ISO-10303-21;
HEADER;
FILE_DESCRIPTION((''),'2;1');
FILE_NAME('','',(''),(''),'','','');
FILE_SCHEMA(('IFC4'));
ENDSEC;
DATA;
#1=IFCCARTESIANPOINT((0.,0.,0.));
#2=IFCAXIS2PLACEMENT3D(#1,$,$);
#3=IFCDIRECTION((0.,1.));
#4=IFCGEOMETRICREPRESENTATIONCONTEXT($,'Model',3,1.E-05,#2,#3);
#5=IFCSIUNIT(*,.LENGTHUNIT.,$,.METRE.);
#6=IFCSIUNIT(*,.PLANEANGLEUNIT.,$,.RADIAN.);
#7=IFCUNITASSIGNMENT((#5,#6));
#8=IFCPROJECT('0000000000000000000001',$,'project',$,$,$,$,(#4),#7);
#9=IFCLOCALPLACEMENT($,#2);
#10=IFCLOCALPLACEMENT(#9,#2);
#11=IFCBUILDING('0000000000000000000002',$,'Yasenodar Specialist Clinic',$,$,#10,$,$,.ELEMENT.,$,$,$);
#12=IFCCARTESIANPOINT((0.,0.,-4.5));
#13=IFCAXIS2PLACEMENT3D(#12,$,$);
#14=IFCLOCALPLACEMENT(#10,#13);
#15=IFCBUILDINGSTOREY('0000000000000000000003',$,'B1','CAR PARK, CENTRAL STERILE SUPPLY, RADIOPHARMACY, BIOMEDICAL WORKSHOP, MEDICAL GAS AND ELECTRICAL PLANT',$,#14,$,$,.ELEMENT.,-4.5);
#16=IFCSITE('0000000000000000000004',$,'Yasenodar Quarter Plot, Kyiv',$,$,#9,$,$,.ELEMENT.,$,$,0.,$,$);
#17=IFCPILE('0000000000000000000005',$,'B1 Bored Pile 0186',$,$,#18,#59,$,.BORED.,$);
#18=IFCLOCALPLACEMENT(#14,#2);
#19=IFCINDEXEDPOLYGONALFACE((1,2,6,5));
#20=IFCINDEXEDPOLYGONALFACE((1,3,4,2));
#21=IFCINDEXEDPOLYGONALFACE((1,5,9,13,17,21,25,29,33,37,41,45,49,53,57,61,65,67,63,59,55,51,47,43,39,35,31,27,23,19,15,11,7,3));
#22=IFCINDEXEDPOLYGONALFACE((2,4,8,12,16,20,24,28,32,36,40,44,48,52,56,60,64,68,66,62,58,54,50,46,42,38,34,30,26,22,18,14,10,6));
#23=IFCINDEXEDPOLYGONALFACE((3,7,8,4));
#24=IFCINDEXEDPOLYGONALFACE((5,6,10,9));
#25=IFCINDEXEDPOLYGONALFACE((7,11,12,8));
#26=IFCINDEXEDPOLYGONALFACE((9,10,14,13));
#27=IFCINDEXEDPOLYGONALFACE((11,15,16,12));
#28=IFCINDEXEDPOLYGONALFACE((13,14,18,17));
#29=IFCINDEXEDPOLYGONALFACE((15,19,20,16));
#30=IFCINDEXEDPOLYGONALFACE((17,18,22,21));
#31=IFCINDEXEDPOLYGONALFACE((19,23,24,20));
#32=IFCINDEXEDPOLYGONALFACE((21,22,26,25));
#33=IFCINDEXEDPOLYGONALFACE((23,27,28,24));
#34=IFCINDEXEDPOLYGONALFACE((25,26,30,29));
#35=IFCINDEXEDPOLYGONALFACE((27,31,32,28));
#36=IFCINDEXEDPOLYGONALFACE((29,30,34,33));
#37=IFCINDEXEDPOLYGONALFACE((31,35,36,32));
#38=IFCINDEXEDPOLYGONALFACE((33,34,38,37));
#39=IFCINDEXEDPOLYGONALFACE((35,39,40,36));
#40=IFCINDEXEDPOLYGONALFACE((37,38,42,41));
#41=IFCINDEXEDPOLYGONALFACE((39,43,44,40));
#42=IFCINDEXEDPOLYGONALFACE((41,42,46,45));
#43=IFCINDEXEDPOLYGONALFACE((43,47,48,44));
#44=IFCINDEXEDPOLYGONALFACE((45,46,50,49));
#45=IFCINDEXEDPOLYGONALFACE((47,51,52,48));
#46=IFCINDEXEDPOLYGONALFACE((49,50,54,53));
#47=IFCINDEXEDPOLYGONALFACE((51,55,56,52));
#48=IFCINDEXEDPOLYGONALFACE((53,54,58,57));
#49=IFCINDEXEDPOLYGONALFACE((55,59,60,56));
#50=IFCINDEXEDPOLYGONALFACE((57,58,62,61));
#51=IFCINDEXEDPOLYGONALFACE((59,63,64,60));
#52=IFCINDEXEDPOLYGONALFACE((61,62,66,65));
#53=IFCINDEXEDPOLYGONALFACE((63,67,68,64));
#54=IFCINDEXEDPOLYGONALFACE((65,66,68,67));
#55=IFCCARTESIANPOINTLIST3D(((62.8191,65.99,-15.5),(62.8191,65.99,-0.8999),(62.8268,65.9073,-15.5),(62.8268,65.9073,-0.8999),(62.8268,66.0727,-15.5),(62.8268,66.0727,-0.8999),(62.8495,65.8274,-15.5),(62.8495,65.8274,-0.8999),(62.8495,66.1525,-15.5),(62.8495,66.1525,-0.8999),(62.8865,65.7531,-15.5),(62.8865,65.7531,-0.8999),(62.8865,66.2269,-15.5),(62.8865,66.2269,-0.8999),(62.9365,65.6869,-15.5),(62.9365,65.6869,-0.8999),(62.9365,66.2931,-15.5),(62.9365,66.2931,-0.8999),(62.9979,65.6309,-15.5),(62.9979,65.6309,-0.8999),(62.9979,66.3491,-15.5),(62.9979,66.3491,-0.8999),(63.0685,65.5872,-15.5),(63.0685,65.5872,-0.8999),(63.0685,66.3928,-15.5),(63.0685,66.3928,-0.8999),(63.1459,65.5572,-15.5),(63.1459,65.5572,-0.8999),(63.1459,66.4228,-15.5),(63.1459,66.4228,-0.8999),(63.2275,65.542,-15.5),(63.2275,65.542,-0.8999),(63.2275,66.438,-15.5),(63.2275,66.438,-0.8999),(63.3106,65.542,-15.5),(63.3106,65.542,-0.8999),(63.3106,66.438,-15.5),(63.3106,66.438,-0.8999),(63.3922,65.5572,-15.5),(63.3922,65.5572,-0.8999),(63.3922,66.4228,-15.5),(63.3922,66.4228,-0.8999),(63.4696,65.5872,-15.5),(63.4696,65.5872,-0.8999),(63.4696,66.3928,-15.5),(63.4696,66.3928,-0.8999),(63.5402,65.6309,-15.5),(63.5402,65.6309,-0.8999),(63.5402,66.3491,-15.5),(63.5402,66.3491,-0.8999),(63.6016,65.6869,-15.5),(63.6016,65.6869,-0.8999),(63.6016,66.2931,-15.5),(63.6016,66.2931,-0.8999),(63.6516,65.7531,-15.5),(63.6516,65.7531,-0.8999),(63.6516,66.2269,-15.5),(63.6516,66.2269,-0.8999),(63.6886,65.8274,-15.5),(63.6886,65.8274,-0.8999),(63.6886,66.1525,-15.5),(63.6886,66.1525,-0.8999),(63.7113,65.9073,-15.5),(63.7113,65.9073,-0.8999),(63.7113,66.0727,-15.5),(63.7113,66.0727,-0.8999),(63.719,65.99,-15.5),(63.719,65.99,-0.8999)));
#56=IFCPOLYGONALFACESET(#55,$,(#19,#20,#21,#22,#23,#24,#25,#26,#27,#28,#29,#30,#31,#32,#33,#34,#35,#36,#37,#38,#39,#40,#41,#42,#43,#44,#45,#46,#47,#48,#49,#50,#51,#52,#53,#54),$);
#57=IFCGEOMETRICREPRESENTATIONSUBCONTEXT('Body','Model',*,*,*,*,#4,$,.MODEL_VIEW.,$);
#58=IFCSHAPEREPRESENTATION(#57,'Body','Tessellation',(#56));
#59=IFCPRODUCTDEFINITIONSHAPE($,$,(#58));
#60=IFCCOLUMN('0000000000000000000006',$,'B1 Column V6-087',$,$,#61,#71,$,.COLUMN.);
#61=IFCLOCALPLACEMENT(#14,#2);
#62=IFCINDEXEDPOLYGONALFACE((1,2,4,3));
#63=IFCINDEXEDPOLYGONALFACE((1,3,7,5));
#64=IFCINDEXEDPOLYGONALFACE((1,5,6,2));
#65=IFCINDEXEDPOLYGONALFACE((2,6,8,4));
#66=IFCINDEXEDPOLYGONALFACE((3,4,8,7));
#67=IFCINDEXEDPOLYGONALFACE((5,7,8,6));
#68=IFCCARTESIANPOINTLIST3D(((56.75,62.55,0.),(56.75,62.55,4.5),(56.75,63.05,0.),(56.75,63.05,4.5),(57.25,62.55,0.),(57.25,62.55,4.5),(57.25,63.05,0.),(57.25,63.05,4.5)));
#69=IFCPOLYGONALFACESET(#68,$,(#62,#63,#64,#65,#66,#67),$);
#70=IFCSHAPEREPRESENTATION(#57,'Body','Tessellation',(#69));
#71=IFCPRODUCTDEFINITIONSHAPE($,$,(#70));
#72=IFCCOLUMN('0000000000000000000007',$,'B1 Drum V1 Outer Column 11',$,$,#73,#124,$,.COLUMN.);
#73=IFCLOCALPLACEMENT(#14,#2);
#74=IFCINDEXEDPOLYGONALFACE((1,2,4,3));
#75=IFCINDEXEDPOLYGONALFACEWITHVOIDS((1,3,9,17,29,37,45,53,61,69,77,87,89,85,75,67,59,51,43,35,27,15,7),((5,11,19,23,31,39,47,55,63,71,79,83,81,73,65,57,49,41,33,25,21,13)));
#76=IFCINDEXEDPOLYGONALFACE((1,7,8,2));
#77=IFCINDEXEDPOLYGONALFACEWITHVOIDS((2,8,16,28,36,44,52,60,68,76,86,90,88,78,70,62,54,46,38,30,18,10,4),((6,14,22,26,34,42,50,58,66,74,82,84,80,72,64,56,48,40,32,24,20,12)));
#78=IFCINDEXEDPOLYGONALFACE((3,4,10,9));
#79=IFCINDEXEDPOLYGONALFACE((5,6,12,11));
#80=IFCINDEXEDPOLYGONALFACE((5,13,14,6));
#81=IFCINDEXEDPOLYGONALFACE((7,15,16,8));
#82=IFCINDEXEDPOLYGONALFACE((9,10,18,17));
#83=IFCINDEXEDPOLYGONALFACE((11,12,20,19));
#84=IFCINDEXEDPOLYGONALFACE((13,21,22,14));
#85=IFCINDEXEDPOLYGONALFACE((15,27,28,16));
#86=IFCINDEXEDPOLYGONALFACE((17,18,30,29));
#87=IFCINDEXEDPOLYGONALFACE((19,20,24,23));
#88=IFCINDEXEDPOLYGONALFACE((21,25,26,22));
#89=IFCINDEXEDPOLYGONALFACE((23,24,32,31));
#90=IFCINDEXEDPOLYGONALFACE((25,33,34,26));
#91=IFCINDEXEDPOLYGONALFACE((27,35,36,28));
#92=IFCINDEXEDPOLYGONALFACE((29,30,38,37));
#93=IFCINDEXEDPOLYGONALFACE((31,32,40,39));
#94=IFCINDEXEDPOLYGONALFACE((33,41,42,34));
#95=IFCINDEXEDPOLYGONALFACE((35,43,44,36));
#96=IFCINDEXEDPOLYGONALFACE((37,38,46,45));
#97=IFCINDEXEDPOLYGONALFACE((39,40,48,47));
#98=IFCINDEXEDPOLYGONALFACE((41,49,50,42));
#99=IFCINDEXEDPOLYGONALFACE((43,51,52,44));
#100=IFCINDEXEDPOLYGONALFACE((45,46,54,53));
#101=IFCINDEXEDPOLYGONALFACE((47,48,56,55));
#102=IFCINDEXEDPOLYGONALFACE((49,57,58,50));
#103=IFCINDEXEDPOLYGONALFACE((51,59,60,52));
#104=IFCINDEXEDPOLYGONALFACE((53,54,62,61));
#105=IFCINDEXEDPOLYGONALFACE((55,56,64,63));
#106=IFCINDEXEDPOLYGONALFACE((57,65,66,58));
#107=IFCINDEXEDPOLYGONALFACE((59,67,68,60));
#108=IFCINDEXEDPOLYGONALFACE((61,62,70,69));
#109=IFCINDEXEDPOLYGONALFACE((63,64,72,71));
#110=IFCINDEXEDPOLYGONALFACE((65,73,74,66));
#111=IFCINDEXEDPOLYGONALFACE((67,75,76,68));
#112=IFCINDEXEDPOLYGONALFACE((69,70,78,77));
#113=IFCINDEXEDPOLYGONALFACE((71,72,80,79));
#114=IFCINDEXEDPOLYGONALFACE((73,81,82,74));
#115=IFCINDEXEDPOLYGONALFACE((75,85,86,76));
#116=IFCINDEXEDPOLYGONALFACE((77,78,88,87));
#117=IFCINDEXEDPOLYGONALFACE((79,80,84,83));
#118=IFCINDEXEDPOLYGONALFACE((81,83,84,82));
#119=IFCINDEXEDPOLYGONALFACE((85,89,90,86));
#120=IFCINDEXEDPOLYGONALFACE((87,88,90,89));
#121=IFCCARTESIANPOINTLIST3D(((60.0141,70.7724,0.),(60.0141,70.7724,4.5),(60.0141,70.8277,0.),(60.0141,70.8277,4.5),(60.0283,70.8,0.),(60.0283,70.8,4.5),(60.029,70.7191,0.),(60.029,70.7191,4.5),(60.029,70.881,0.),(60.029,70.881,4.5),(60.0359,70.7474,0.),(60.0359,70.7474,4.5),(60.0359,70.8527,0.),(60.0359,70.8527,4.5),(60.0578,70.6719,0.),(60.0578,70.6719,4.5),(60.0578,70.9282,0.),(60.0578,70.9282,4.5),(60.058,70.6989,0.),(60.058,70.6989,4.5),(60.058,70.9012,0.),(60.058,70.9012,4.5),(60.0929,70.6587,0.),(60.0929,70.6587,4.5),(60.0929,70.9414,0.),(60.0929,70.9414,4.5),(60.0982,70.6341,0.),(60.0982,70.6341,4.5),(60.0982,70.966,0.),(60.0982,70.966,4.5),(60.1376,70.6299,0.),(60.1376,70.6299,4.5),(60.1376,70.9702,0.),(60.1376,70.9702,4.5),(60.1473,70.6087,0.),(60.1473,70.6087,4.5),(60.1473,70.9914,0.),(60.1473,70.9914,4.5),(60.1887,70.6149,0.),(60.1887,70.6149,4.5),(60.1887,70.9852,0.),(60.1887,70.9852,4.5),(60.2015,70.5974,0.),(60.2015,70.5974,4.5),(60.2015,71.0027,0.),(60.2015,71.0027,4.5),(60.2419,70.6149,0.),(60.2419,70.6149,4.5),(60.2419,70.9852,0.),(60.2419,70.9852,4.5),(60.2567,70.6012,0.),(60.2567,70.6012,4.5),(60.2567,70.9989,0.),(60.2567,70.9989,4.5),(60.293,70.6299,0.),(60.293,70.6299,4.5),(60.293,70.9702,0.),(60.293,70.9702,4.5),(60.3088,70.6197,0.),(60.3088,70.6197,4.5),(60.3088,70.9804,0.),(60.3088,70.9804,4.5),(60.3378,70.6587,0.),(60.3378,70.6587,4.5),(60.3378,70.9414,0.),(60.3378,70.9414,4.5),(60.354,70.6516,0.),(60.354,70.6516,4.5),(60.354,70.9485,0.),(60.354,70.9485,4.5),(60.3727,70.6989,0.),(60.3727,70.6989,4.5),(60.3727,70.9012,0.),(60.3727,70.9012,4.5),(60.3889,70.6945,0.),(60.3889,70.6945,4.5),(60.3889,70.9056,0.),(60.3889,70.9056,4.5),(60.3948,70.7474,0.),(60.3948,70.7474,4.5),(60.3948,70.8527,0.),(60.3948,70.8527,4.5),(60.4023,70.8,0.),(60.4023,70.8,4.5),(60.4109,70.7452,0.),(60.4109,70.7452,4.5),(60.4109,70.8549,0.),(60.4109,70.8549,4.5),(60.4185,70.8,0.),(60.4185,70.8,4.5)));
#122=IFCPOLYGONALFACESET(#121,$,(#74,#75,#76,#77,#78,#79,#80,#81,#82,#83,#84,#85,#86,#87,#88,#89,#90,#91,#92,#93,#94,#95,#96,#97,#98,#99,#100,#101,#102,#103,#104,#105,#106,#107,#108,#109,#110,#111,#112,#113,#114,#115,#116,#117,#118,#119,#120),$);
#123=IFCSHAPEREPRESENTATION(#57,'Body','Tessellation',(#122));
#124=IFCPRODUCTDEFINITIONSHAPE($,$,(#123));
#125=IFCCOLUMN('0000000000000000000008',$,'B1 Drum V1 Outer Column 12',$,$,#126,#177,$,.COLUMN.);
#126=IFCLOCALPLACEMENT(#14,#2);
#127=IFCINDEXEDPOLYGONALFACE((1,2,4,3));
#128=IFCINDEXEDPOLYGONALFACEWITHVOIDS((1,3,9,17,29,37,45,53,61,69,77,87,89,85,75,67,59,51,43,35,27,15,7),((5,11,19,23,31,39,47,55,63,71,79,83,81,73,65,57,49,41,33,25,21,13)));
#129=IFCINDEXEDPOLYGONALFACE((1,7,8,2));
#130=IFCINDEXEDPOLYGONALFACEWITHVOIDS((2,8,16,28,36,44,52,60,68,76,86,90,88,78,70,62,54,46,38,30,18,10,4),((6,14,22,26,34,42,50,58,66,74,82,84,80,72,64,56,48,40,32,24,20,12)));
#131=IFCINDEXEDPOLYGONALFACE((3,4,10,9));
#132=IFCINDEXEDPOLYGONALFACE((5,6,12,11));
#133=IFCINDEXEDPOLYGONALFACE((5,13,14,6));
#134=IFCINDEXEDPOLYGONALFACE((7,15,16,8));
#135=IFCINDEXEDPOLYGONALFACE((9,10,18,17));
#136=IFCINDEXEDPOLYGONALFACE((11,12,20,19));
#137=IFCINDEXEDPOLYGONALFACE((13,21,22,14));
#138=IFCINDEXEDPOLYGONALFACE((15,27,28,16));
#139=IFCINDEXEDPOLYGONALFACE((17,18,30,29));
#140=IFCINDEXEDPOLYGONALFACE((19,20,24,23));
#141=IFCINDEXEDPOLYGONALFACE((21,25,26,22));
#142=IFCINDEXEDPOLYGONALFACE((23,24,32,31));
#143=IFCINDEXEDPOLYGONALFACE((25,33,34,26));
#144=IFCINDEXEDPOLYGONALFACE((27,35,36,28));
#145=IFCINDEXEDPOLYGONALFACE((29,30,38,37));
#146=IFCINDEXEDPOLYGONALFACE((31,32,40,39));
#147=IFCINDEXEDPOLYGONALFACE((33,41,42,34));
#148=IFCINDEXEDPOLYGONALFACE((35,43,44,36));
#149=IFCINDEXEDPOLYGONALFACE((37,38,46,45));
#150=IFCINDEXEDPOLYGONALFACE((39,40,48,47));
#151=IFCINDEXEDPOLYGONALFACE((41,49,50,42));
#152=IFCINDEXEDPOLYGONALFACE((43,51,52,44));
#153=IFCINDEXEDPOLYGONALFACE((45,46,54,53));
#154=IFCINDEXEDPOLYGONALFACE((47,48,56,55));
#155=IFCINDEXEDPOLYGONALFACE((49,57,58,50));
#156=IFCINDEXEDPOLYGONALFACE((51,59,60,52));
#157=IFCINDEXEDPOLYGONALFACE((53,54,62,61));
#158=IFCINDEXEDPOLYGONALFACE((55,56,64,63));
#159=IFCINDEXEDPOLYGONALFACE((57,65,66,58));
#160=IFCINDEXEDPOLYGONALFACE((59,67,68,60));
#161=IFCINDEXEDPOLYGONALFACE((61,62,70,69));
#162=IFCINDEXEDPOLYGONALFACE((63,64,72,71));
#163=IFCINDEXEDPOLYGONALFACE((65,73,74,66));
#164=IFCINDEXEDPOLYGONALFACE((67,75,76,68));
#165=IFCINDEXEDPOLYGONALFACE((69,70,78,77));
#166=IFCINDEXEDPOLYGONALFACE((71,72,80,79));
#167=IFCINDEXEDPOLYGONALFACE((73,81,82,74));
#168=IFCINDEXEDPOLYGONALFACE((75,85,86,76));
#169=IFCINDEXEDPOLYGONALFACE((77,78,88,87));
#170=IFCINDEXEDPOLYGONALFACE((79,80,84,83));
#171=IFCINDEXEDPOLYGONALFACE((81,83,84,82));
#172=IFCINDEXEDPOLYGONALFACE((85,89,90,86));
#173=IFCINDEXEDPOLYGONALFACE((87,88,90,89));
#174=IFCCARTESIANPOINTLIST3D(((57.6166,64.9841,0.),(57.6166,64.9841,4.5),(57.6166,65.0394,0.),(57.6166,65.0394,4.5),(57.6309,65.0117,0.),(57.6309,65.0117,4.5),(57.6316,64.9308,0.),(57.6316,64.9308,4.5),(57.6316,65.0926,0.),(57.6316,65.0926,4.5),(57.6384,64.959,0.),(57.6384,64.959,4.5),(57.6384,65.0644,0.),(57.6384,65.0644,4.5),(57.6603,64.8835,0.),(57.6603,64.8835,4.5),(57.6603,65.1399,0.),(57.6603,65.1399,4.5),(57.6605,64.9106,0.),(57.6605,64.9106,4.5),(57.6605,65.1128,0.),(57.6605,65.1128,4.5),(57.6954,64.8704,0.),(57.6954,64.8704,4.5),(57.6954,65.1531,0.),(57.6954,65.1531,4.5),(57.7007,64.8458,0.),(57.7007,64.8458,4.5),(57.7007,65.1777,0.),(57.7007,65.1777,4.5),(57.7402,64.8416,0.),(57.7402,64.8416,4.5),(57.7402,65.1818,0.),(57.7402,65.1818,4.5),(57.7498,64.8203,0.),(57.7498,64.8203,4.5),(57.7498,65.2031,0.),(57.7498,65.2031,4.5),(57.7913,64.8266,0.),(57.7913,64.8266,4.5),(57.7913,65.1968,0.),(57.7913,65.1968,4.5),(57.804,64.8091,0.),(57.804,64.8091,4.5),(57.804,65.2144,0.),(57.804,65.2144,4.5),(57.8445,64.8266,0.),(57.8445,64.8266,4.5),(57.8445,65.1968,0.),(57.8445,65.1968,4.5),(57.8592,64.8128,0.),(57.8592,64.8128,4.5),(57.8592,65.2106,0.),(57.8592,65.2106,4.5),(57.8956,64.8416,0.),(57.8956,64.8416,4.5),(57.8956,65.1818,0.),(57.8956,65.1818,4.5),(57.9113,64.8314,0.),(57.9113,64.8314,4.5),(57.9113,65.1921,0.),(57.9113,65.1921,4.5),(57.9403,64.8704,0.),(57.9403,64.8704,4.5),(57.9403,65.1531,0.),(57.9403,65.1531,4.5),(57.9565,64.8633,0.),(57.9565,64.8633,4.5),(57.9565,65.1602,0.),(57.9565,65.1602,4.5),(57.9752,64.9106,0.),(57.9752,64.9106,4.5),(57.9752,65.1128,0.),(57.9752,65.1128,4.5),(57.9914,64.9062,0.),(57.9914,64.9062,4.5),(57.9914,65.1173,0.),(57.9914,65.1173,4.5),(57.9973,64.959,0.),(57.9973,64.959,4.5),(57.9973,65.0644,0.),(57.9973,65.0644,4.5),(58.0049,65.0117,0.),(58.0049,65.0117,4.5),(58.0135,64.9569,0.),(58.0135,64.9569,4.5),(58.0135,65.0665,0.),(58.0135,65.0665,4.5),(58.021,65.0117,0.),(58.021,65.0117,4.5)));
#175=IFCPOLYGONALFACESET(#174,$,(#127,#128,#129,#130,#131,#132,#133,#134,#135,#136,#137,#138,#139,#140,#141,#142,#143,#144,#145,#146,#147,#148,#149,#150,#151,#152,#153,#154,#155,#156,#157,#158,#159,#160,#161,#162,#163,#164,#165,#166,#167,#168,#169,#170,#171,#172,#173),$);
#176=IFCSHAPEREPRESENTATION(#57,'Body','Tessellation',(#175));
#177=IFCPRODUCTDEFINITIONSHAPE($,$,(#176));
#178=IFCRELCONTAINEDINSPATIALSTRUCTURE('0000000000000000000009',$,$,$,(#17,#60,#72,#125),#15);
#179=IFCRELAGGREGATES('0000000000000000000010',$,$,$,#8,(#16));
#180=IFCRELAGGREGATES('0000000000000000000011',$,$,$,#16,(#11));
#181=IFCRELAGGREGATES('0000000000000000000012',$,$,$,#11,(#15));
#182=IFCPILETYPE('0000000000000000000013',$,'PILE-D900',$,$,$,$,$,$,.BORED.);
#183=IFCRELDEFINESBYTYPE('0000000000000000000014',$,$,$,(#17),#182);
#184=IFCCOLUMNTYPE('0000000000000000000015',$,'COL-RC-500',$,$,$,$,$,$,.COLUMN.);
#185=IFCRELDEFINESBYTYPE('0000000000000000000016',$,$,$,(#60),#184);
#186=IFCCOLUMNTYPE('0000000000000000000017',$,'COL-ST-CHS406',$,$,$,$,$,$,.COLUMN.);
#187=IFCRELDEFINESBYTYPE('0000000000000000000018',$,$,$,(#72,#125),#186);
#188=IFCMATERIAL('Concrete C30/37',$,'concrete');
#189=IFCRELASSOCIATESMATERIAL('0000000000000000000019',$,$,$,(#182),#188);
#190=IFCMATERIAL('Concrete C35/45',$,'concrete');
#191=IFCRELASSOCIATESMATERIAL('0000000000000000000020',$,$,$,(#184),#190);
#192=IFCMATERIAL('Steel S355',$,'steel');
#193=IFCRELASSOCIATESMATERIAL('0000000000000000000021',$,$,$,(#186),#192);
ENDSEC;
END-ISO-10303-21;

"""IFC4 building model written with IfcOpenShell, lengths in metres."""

from ifc_helpers import new_model, si_unit, direction, frame, origin, origin_2d, place, context, subcontext, project, spatial, rectangle, circle, hollow_circle, extrude, material, material_profile, profile_set, type_object, element, save


model = new_model("IFC4")

# Units and contexts
model_context = context("Model", 3, precision=1e-05, world=origin(), true_north=direction((0.0, 1.0)))
body_context = subcontext(model_context, "Body", "Model", "MODEL_VIEW")
ifc_project = project(units=[si_unit("LENGTHUNIT", "METRE"), si_unit("PLANEANGLEUNIT", "RADIAN")], contexts=[model_context])

# Site, building, storey
site_placement = place(None, origin())
site = spatial("IfcSite", under=ifc_project, at=site_placement, Name="Yasenodar Quarter Plot, Kyiv", CompositionType="ELEMENT", RefElevation=0.0)
building_placement = place(site_placement, origin())
building = spatial("IfcBuilding", under=site, at=building_placement, Name="Yasenodar Specialist Clinic", CompositionType="ELEMENT")
storey_placement = place(building_placement, frame((0.0, 0.0, -4.5)))
storey = spatial("IfcBuildingStorey", under=building, at=storey_placement, Name="B1", Description="CAR PARK, CENTRAL STERILE SUPPLY, RADIOPHARMACY, BIOMEDICAL WORKSHOP, MEDICAL GAS AND ELECTRICAL PLANT", CompositionType="ELEMENT", Elevation=-4.5)

# Shared definitions
ifc_material_1 = material(Name="Concrete C35/45", Category="concrete")

# Pile
ifc_material_2 = material(Name="Concrete C30/37", Category="concrete")
ifc_material_profile_1 = material_profile(ifc_material_2, circle(Radius=0.45, at=origin_2d()), Name="PILE D900")
ifc_profile_set_1 = profile_set([ifc_material_profile_1], Name="Concrete C30/37")
pile_type_1 = type_object("IfcPileType", Name="PILE-D900", PredefinedType="BORED", material=ifc_profile_set_1)
pile_placement = place(storey_placement, frame((63.269, 65.99, -0.8999), z_axis=(0.0, 0.0, -1.0), x_axis=(1.0, 0.0, 0.0)))
element("IfcPile", 1, at=pile_placement, inside=storey, type_object=pile_type_1, Name="B1 Bored Pile 0186", PredefinedType="BORED", context=body_context, shape_type="SweptSolid", body=[
    extrude(circle(Radius=0.45, at=origin_2d()), origin(), (0.0, 0.0, 1.0), 14.6001),
])

# Columns
ifc_material_profile_2 = material_profile(ifc_material_1, rectangle(XDim=0.5, YDim=0.5, at=origin_2d()), Name="RC 500x500")
ifc_profile_set_2 = profile_set([ifc_material_profile_2], Name="Concrete C35/45")
column_type_1 = type_object("IfcColumnType", Name="COL-RC-500", PredefinedType="COLUMN", material=ifc_profile_set_2)
column_placement = place(storey_placement, frame((57.0, 62.8, 0.0), z_axis=(0.0, 0.0, 1.0), x_axis=(1.0, 0.0, 0.0)))
element("IfcColumn", 2, at=column_placement, inside=storey, type_object=column_type_1, Name="B1 Column V6-087", PredefinedType="COLUMN", context=body_context, shape_type="SweptSolid", body=[
    extrude(rectangle(XDim=0.5, YDim=0.5, at=origin_2d()), origin(), (0.0, 0.0, 1.0), 4.5),
])
ifc_material_3 = material(Name="Steel S355", Category="steel")
ifc_material_profile_3 = material_profile(ifc_material_3, hollow_circle(Radius=0.2031, WallThickness=0.0161, at=origin_2d()), Name="CHS 406.4x16")
ifc_profile_set_3 = profile_set([ifc_material_profile_3], Name="Steel S355")
column_type_2 = type_object("IfcColumnType", Name="COL-ST-CHS406", PredefinedType="COLUMN", material=ifc_profile_set_3)
for number, where, z_axis, x_axis, name in (
    (3, (60.2153, 70.8, 0.0), (0.0, 0.0, 1.0), (1.0, 0.0, 0.0), "B1 Drum V1 Outer Column 11"),
    (4, (57.8179, 65.0117, 0.0), (0.0, 0.0, 1.0), (1.0, 0.0, 0.0), "B1 Drum V1 Outer Column 12"),
):
    element("IfcColumn", number, at=place(storey_placement, frame(where, z_axis=z_axis, x_axis=x_axis)), inside=storey, type_object=column_type_2, Name=name, PredefinedType="COLUMN", context=body_context, shape_type="SweptSolid", body=[
        extrude(hollow_circle(Radius=0.2031, WallThickness=0.0161, at=origin_2d()), origin(), (0.0, 0.0, 1.0), 4.5),
    ])

save(model, "model.ifc")
